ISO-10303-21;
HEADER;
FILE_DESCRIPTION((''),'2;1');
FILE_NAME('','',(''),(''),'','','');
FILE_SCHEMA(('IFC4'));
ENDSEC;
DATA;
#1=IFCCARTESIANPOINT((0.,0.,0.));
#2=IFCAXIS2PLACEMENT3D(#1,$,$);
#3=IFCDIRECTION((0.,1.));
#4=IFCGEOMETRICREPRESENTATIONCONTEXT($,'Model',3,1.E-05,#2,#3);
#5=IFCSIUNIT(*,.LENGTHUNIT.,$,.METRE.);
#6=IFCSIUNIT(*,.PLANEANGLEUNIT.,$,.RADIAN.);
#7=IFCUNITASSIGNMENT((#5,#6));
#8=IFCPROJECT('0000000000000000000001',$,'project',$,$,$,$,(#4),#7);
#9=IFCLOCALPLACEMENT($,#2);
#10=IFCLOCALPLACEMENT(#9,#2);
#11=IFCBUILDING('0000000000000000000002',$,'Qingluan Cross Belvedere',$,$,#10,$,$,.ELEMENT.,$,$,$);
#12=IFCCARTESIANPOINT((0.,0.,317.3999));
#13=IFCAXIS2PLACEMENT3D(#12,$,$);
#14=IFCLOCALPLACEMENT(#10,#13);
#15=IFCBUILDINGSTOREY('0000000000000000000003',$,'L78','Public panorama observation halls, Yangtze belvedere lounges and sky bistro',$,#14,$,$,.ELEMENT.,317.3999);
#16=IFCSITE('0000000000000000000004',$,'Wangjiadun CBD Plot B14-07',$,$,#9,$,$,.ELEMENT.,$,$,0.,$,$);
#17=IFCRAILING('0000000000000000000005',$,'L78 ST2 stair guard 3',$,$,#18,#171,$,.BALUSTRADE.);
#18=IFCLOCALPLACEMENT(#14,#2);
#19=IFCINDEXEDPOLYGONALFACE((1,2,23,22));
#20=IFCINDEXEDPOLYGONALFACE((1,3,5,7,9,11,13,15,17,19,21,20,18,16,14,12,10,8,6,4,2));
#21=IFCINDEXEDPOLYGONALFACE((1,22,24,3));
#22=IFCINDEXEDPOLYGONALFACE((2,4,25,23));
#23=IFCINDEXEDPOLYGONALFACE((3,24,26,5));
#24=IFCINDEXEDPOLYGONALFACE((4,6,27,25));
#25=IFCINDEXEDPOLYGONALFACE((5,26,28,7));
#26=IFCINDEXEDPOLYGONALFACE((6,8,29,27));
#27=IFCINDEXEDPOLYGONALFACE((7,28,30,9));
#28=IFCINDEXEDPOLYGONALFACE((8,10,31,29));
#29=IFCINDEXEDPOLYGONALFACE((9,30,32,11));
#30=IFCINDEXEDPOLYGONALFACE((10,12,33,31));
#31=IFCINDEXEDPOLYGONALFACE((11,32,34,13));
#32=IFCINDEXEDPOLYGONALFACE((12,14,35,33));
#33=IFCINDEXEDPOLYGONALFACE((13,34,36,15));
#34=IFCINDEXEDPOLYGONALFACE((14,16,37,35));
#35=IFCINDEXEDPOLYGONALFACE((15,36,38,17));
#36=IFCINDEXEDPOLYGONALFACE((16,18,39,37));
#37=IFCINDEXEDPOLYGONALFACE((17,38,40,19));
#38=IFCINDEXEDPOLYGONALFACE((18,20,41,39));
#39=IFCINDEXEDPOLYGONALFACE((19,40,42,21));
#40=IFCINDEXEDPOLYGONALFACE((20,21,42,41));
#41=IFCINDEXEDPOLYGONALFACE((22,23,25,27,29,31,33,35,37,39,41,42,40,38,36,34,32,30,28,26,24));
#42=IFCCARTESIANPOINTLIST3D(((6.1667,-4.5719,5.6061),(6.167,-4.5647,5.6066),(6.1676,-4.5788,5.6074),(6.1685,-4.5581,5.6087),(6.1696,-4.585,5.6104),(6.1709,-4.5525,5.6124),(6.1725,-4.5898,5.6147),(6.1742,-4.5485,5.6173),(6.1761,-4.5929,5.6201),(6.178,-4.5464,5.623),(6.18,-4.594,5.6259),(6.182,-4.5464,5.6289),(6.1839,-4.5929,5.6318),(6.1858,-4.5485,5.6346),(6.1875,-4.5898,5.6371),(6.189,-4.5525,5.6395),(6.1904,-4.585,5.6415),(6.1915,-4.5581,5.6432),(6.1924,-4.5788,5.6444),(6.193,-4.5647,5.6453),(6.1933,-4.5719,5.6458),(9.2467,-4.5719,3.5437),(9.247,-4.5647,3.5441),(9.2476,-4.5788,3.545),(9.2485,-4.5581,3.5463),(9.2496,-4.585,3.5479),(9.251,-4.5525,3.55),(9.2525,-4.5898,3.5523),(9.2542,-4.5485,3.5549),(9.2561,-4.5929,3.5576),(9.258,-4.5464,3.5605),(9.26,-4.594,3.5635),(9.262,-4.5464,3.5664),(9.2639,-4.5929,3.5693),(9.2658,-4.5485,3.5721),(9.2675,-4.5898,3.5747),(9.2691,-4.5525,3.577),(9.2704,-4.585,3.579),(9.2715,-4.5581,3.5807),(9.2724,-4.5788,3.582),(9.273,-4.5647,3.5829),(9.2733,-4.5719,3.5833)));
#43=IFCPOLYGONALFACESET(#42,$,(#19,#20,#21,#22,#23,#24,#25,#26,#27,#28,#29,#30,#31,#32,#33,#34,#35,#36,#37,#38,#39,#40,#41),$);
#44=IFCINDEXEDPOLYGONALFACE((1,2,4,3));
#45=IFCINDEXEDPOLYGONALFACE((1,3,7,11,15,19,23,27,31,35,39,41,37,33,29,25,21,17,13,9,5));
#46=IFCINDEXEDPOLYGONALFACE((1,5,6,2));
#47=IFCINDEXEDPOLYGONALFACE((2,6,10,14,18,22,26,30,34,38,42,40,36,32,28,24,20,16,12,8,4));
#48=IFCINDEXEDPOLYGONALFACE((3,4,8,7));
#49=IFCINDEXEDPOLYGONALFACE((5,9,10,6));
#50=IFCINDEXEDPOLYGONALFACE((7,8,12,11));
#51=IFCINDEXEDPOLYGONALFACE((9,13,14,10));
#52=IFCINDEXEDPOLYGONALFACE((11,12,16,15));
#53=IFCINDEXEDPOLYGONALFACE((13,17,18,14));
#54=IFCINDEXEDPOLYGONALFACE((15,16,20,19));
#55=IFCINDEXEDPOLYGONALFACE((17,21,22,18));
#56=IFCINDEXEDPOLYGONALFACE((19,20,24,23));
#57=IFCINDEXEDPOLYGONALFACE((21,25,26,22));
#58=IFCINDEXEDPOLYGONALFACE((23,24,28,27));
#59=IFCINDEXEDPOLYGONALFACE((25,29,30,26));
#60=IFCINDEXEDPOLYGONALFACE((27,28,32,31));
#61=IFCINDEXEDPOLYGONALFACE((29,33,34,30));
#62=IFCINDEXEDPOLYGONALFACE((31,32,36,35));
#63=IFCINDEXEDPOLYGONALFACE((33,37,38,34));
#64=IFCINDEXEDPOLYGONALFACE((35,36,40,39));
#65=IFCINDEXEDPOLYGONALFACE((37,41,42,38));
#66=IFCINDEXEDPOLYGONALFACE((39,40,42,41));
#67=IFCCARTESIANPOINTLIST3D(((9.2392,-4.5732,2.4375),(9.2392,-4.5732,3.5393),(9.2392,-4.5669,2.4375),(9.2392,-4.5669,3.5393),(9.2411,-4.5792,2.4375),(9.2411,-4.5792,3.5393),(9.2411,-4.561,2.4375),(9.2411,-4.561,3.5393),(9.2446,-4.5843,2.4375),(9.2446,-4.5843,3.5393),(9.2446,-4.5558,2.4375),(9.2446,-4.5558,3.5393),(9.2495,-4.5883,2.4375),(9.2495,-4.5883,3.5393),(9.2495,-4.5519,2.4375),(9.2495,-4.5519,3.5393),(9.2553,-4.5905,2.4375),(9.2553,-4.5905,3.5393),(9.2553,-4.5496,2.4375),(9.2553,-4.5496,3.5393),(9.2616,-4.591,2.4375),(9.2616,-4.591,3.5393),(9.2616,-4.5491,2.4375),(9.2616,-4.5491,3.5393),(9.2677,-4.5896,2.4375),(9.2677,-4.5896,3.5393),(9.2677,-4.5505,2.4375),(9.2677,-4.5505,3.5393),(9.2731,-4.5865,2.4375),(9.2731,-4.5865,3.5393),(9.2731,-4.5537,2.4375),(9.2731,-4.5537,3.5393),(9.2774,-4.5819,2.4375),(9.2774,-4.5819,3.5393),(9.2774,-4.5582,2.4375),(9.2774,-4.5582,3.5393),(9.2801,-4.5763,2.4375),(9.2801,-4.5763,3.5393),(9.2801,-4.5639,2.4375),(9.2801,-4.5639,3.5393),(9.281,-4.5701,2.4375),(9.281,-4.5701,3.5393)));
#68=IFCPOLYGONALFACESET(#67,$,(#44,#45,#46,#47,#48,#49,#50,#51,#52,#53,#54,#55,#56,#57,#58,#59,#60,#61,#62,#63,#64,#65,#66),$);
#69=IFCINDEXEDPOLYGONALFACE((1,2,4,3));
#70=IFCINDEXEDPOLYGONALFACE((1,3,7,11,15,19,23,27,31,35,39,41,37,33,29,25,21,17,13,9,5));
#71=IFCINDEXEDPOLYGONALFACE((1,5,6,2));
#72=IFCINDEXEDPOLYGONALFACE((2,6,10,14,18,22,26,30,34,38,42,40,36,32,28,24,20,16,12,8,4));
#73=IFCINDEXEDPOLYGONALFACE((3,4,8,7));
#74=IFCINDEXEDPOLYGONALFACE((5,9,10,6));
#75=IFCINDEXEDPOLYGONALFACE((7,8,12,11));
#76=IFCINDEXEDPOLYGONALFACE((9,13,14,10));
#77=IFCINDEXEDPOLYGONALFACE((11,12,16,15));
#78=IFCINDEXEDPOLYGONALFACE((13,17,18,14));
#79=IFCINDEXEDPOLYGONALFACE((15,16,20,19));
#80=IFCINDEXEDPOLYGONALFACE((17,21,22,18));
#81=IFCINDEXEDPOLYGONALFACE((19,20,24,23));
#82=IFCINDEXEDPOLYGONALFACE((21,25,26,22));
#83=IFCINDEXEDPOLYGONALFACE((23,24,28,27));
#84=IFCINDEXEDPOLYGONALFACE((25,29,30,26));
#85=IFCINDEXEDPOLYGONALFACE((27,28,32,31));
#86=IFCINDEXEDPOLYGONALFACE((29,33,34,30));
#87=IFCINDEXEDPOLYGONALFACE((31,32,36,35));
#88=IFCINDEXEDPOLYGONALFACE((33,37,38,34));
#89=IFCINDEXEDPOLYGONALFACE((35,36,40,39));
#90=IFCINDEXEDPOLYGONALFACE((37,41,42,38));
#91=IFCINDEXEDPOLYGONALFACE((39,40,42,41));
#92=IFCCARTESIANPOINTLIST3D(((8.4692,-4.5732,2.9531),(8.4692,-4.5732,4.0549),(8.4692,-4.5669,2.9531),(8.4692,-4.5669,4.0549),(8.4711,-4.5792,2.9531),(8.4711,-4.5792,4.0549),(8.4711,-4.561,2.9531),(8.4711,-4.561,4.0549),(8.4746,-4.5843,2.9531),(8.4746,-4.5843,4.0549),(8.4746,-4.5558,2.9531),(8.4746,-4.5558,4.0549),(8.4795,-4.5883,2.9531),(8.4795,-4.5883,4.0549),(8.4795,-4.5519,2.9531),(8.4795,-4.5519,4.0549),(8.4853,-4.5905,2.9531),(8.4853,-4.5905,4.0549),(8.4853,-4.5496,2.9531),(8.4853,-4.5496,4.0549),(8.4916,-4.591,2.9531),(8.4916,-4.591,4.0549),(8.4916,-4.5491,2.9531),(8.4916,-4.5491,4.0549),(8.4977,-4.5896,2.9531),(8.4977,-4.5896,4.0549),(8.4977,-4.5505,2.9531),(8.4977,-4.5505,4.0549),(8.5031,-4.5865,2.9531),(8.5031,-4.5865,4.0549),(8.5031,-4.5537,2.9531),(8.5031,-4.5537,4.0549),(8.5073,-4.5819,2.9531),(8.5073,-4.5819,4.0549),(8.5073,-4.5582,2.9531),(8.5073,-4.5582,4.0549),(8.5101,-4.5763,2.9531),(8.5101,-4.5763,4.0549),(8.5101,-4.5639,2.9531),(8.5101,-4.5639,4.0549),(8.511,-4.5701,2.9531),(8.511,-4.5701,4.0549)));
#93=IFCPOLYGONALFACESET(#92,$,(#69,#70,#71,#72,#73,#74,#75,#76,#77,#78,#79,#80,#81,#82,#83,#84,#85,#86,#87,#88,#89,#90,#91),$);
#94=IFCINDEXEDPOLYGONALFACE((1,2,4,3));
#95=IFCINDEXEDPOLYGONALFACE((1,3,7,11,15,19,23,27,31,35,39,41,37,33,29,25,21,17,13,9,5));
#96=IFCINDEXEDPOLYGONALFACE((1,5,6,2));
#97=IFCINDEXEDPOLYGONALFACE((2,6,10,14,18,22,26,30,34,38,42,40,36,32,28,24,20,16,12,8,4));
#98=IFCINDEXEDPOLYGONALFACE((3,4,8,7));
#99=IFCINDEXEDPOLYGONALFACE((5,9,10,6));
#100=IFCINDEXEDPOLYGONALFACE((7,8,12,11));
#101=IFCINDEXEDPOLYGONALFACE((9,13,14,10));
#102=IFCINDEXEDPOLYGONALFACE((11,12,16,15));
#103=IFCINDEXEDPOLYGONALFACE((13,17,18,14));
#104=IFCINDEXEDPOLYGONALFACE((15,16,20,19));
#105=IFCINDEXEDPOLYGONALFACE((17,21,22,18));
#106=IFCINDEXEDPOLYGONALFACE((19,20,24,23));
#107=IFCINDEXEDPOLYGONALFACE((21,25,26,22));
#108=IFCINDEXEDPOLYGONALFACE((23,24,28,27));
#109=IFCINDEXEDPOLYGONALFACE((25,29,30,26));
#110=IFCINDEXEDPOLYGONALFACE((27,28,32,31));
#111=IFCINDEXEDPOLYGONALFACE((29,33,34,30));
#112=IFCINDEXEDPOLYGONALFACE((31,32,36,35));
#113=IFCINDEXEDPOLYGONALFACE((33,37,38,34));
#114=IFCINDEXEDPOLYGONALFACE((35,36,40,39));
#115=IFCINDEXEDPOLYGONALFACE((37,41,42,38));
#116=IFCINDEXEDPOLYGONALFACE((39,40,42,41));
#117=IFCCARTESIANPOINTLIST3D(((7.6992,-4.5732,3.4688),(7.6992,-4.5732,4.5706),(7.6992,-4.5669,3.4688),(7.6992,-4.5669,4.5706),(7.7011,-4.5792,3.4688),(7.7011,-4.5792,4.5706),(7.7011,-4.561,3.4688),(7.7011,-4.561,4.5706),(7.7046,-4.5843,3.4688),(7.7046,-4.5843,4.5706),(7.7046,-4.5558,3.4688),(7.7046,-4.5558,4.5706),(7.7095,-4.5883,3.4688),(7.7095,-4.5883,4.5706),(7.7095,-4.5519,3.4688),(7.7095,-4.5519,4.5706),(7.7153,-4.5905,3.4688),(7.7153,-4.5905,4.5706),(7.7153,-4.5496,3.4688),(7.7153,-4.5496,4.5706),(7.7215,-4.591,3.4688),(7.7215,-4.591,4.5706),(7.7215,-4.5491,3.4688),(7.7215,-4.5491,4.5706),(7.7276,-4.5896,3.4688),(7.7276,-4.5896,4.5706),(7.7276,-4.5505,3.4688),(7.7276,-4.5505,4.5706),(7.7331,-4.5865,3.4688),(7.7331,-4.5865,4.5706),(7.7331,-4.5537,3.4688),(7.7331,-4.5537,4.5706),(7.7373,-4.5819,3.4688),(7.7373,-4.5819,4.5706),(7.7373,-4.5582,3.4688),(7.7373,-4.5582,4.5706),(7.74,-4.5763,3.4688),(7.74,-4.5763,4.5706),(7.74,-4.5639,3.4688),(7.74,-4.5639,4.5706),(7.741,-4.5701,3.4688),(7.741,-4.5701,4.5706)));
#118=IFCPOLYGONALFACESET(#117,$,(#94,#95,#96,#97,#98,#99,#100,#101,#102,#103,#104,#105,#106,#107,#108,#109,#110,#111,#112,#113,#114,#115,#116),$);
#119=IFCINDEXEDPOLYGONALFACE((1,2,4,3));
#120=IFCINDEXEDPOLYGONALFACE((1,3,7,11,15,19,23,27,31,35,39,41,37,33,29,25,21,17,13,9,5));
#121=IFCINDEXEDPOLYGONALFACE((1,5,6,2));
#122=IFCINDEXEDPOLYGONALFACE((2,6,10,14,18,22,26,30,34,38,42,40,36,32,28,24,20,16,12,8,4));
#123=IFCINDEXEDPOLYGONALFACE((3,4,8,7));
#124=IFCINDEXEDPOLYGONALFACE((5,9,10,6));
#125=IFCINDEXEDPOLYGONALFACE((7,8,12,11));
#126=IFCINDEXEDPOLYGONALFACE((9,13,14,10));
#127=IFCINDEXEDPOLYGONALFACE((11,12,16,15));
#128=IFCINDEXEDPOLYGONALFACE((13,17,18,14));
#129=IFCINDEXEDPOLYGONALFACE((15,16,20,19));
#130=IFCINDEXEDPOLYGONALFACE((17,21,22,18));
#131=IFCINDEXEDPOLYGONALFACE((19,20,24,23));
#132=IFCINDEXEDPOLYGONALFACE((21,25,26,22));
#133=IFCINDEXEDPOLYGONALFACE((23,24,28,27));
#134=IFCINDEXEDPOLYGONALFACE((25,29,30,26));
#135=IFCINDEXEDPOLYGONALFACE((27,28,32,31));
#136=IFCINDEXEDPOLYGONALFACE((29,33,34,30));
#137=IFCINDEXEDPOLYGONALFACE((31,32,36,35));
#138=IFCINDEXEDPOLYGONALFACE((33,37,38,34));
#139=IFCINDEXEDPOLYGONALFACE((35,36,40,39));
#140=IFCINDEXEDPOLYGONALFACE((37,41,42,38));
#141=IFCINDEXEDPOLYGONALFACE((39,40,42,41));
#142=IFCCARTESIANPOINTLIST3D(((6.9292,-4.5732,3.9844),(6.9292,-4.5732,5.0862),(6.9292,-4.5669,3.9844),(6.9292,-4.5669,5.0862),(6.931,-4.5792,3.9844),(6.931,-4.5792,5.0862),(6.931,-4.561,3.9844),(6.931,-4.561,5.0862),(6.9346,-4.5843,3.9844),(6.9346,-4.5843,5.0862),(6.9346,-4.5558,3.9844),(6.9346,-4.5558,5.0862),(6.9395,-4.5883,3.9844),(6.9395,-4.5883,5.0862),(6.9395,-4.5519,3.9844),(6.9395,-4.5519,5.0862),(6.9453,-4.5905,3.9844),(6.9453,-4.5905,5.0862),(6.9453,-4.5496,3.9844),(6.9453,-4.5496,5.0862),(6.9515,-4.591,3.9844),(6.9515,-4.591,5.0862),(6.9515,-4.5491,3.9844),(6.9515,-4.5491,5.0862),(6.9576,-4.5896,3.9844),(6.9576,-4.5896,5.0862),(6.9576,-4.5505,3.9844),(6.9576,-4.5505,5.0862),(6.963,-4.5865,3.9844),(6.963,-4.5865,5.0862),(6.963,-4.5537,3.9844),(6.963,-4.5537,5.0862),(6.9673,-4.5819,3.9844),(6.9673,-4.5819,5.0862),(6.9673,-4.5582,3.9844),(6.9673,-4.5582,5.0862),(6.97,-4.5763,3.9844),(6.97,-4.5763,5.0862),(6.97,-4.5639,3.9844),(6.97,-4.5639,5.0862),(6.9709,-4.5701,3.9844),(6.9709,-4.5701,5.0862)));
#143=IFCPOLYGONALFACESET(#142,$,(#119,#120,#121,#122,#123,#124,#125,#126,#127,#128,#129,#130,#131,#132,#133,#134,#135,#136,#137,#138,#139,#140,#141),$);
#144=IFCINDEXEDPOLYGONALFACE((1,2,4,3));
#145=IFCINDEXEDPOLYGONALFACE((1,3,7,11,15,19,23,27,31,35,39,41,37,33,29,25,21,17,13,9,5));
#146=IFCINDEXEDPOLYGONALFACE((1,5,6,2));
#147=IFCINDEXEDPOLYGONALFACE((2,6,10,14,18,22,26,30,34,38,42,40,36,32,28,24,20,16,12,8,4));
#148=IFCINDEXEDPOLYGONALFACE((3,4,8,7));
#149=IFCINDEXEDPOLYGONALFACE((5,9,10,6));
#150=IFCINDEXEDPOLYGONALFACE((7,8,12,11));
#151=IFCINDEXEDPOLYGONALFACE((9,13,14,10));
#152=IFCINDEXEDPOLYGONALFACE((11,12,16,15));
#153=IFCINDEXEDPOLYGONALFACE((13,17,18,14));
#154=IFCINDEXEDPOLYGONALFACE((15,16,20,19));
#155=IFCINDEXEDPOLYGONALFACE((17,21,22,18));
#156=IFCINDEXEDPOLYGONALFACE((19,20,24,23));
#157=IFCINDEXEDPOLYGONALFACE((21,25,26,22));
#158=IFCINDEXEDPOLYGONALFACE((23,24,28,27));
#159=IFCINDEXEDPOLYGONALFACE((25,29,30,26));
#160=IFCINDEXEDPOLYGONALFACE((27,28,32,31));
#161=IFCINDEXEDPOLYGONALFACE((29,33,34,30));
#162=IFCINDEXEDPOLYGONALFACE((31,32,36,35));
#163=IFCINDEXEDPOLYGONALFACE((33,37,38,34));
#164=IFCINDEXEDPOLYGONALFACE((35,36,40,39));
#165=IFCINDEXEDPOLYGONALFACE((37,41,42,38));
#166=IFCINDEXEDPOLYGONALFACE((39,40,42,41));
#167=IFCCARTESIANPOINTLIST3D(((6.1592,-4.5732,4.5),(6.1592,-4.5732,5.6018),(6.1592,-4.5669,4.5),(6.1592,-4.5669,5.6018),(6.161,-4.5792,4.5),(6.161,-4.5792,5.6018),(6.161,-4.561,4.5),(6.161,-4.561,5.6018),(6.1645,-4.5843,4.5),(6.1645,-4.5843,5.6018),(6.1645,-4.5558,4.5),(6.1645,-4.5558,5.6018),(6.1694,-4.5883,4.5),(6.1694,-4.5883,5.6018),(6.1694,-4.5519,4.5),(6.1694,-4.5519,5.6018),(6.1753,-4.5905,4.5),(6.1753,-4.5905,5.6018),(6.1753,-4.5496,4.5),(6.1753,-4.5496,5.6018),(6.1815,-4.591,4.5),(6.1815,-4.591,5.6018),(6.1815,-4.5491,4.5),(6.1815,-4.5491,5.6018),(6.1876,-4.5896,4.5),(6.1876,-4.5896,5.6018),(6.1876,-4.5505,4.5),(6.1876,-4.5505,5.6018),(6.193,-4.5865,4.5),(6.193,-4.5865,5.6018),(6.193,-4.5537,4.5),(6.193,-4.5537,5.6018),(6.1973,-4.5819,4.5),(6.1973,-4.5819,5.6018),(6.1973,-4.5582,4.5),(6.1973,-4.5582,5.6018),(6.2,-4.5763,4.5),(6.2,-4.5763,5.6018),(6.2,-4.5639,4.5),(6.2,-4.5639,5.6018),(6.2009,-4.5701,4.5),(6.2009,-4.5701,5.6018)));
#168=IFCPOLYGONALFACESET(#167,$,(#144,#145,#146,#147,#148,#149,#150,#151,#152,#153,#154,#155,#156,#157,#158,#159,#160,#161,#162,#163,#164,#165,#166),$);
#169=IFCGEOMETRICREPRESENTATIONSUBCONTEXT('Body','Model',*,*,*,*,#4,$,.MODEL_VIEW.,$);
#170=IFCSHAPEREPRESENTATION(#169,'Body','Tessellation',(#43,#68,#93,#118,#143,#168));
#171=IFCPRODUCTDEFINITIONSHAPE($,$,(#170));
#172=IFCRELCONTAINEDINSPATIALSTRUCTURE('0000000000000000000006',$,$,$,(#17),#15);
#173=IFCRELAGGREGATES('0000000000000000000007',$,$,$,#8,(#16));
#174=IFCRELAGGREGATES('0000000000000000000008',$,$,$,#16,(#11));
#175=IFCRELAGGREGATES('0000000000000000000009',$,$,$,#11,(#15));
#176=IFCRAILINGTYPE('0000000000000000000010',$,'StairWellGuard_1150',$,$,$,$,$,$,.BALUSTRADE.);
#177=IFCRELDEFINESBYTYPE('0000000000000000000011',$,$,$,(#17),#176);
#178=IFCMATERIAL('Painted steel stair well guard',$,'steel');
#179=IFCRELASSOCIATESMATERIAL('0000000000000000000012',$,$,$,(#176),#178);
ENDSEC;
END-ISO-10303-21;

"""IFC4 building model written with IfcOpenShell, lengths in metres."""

from ifc_helpers import new_model, si_unit, direction, frame, origin, origin_2d, place, context, subcontext, project, spatial, circle, extrude, material, type_object, element, save


model = new_model("IFC4")

# Units and contexts
model_context = context("Model", 3, precision=1e-05, world=origin(), true_north=direction((0.0, 1.0)))
body_context = subcontext(model_context, "Body", "Model", "MODEL_VIEW")
ifc_project = project(units=[si_unit("LENGTHUNIT", "METRE"), si_unit("PLANEANGLEUNIT", "RADIAN")], contexts=[model_context])

# Site, building, storey
site_placement = place(None, origin())
site = spatial("IfcSite", under=ifc_project, at=site_placement, Name="Wangjiadun CBD Plot B14-07", CompositionType="ELEMENT", RefElevation=0.0)
building_placement = place(site_placement, origin())
building = spatial("IfcBuilding", under=site, at=building_placement, Name="Qingluan Cross Belvedere", CompositionType="ELEMENT")
storey_placement = place(building_placement, frame((0.0, 0.0, 317.3999)))
storey = spatial("IfcBuildingStorey", under=building, at=storey_placement, Name="L78", Description="Public panorama observation halls, Yangtze belvedere lounges and sky bistro", CompositionType="ELEMENT", Elevation=317.3999)

# Railing
ifc_material_1 = material(Name="Painted steel stair well guard", Category="steel")
railing_type_1 = type_object("IfcRailingType", Name="StairWellGuard_1150", PredefinedType="BALUSTRADE", material=ifc_material_1)
railing_1_placement = place(storey_placement, frame((9.26, -4.5701, 2.4375)))
element("IfcRailing", 1, at=railing_1_placement, inside=storey, type_object=railing_type_1, Name="L78 ST2 stair guard 3", PredefinedType="BALUSTRADE", context=body_context, shape_type="SweptSolid", body=[
    extrude(circle(Radius=0.0239, at=origin_2d()), frame((0.0, 0.0, 1.126), z_axis=(-0.830914, 0.0, 0.556401), x_axis=(0.0, -1.0, 0.0)), (0.0, 0.0, 1.0), 3.7068),
    extrude(circle(Radius=0.021, at=origin_2d()), origin(), (0.0, 0.0, 1.0), 1.1018),
    extrude(circle(Radius=0.021, at=origin_2d()), frame((-0.77, 0.0, 0.5156)), (0.0, 0.0, 1.0), 1.1018),
    extrude(circle(Radius=0.021, at=origin_2d()), frame((-1.54, 0.0, 1.0312)), (0.0, 0.0, 1.0), 1.1018),
    extrude(circle(Radius=0.021, at=origin_2d()), frame((-2.3101, 0.0, 1.5469)), (0.0, 0.0, 1.0), 1.1018),
    extrude(circle(Radius=0.021, at=origin_2d()), frame((-3.0801, 0.0, 2.0625)), (0.0, 0.0, 1.0), 1.1018),
])

save(model, "model.ifc")
